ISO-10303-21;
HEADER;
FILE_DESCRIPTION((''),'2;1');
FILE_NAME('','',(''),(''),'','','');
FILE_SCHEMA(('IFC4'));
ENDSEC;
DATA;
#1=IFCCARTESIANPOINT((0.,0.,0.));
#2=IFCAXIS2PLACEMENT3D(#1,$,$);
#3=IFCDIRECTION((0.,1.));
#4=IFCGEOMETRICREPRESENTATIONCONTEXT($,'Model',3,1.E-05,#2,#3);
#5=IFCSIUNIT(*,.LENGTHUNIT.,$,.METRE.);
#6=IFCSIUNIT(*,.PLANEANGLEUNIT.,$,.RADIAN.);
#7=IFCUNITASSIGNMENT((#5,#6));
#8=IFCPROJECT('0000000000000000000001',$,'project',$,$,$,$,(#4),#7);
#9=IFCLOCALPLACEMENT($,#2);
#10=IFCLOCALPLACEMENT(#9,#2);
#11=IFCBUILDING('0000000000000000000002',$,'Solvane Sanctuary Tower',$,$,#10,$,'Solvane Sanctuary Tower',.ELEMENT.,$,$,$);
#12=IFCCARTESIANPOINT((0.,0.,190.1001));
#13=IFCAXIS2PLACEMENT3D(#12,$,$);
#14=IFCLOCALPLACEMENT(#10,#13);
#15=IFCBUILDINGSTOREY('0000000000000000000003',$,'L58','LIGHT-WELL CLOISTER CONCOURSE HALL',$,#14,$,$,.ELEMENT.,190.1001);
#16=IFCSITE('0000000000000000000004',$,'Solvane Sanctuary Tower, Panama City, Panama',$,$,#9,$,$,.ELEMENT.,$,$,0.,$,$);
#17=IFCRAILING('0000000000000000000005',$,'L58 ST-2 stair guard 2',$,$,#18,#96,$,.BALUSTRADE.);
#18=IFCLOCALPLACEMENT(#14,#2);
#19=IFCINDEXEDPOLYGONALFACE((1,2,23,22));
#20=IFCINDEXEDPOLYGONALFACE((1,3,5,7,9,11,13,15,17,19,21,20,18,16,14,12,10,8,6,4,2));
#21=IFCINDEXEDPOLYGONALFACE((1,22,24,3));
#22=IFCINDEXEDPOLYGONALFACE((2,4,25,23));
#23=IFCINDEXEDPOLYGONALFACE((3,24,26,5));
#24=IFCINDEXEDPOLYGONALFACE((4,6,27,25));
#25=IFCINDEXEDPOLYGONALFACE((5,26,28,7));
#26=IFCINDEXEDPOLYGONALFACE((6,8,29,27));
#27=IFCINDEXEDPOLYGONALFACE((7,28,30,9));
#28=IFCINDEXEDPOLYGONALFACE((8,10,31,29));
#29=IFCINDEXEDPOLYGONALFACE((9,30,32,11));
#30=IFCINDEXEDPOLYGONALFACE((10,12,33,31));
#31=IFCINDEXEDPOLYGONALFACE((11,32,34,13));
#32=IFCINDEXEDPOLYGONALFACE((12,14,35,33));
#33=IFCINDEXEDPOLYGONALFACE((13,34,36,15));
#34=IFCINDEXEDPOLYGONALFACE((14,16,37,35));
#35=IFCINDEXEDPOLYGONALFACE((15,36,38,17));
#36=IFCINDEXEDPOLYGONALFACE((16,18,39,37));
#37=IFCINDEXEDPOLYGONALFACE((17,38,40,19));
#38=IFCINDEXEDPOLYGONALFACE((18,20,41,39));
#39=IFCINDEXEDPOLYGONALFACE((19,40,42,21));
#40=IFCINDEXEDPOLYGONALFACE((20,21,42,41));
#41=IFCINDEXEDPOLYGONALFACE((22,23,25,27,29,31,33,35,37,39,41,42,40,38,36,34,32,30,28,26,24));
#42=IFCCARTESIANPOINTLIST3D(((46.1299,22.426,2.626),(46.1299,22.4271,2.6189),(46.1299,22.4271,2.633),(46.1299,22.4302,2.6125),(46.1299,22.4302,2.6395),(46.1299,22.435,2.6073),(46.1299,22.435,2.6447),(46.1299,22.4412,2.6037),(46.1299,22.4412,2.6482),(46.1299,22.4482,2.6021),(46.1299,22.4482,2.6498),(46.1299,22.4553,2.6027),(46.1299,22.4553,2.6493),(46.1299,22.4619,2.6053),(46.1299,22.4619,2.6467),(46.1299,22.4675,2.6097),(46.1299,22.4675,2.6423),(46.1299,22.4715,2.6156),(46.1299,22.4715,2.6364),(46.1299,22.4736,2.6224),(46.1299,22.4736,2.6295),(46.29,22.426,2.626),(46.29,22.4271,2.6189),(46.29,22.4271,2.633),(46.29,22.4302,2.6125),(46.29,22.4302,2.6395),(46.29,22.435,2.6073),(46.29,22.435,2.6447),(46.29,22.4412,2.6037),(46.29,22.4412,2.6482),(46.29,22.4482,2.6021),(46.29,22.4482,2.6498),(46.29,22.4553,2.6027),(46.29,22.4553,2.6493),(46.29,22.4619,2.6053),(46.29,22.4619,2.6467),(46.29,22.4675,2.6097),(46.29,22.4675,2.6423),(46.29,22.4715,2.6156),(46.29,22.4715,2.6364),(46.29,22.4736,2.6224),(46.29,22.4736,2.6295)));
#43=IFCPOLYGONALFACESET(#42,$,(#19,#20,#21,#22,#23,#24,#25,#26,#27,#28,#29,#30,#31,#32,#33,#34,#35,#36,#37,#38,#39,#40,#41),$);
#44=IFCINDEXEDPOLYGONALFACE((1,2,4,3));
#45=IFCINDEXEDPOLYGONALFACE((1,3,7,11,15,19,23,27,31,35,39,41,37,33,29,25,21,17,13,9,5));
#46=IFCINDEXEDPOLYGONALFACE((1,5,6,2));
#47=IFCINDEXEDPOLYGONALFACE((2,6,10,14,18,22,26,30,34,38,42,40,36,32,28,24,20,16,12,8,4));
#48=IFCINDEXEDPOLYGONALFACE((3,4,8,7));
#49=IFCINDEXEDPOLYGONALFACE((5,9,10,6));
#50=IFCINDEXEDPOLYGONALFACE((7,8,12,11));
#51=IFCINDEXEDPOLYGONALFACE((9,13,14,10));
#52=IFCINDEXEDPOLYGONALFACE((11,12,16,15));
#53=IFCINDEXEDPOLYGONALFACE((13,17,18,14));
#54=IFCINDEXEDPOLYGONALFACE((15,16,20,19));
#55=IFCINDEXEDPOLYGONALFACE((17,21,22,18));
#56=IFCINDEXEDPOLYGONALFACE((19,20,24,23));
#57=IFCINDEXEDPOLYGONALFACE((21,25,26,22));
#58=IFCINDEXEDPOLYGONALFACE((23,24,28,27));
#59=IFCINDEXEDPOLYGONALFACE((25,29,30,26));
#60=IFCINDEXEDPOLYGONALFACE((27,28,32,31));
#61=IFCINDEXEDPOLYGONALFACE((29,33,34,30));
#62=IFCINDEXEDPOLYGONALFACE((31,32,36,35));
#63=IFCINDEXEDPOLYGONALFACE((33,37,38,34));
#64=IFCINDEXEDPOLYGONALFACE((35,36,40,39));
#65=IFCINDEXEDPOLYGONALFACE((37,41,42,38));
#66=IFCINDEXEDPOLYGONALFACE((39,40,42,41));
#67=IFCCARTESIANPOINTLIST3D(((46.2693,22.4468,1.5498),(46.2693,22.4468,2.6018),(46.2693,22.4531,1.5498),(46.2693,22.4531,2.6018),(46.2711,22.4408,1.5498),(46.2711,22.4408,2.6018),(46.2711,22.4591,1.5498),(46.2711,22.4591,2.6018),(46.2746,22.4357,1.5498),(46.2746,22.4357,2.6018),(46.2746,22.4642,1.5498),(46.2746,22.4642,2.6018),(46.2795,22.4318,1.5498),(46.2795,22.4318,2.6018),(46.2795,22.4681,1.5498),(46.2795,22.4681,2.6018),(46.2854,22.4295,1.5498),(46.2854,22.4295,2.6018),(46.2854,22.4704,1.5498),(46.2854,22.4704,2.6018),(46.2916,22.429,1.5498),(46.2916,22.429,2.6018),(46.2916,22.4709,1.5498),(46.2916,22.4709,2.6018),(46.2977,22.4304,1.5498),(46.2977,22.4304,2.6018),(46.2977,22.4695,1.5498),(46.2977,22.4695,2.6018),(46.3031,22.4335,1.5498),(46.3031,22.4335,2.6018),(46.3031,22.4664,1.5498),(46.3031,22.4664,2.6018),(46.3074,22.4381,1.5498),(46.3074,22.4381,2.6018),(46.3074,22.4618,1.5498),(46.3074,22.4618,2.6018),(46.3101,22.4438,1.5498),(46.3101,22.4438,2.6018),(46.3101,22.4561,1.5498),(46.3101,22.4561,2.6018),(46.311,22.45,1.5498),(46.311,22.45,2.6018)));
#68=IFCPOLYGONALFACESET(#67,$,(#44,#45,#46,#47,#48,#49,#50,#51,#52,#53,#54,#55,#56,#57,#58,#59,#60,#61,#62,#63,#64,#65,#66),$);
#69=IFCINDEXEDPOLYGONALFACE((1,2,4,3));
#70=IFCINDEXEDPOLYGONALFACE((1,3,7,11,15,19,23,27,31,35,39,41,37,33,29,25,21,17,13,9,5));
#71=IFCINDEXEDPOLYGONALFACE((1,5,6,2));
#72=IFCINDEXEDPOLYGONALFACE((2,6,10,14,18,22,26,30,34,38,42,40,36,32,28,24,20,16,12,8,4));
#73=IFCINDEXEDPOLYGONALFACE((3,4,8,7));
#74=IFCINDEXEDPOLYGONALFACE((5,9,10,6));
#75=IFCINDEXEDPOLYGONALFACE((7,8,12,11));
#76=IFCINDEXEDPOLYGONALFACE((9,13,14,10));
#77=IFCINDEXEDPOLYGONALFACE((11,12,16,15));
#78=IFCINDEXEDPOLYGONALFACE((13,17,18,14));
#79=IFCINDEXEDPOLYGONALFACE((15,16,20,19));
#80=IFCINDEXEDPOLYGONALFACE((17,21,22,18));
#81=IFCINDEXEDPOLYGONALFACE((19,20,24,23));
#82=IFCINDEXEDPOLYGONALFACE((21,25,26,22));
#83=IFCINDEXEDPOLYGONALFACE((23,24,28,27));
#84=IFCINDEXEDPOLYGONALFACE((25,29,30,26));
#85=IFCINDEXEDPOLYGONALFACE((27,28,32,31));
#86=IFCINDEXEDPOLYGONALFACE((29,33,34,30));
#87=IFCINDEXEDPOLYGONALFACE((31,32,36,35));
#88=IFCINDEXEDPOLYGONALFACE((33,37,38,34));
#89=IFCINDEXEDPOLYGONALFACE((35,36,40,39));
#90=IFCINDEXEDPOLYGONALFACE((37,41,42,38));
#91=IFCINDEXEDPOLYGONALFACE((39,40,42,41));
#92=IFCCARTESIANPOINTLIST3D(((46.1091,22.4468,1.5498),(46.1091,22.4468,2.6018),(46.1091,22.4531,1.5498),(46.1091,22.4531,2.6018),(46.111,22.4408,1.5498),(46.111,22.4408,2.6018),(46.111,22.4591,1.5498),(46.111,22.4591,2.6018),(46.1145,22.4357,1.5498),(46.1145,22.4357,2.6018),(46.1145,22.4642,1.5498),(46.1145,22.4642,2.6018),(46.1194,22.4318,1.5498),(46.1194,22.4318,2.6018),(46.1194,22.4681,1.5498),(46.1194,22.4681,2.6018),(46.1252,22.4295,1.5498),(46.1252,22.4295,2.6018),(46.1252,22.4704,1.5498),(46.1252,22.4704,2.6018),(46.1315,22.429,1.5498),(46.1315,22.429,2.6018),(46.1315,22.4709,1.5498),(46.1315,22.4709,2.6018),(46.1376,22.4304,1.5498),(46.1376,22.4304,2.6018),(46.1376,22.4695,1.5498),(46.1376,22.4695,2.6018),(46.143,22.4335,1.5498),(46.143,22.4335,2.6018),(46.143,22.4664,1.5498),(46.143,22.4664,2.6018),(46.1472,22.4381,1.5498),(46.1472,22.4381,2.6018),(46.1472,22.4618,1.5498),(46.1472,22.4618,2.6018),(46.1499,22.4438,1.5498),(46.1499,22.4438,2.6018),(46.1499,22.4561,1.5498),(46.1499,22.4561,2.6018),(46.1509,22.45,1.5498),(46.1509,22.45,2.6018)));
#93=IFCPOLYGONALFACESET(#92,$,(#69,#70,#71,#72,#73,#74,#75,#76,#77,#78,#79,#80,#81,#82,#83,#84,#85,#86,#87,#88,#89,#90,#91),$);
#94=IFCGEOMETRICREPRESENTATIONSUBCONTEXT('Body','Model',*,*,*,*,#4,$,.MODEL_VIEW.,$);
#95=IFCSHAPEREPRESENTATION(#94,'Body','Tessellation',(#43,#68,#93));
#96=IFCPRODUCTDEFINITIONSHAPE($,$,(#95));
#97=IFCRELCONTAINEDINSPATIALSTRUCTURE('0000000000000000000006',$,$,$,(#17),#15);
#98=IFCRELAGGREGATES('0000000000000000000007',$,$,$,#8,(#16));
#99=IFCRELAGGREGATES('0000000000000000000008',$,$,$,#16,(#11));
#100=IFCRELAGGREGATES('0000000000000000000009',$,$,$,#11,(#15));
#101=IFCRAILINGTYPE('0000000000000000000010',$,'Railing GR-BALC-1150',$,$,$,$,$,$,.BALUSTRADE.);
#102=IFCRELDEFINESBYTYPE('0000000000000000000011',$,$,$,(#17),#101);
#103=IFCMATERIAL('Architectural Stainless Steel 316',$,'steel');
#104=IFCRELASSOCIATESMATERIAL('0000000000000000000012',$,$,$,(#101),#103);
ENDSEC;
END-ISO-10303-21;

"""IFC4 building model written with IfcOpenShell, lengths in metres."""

from ifc_helpers import new_model, si_unit, direction, frame, origin, origin_2d, place, context, subcontext, project, spatial, circle, extrude, material, type_object, element, save


model = new_model("IFC4")

# Units and contexts
model_context = context("Model", 3, precision=1e-05, world=origin(), true_north=direction((0.0, 1.0)))
body_context = subcontext(model_context, "Body", "Model", "MODEL_VIEW")
ifc_project = project(units=[si_unit("LENGTHUNIT", "METRE"), si_unit("PLANEANGLEUNIT", "RADIAN")], contexts=[model_context])

# Site, building, storey
site_placement = place(None, origin())
site = spatial("IfcSite", under=ifc_project, at=site_placement, Name="Solvane Sanctuary Tower, Panama City, Panama", CompositionType="ELEMENT", RefElevation=0.0)
building_placement = place(site_placement, origin())
building = spatial("IfcBuilding", under=site, at=building_placement, Name="Solvane Sanctuary Tower", LongName="Solvane Sanctuary Tower", CompositionType="ELEMENT")
storey_placement = place(building_placement, frame((0.0, 0.0, 190.1001)))
storey = spatial("IfcBuildingStorey", under=building, at=storey_placement, Name="L58", Description="LIGHT-WELL CLOISTER CONCOURSE HALL", CompositionType="ELEMENT", Elevation=190.1001)

# Shared definitions
ifc_material_1 = material(Name="Architectural Stainless Steel 316", Category="steel")

# Railing
railing_type = type_object("IfcRailingType", Name="Railing GR-BALC-1150", PredefinedType="BALUSTRADE", material=ifc_material_1)
railing_1_placement = place(storey_placement, frame((46.29, 22.45, 1.5498)))
element("IfcRailing", 1, at=railing_1_placement, inside=storey, type_object=railing_type, Name="L58 ST-2 stair guard 2", PredefinedType="BALUSTRADE", context=body_context, shape_type="SweptSolid", body=[
    extrude(circle(Radius=0.0239, at=origin_2d()), frame((0.0, 0.0, 1.0762), z_axis=(-1.0, 0.0, 0.0), x_axis=(0.0, -1.0, 0.0)), (0.0, 0.0, 1.0), 0.1602),
    extrude(circle(Radius=0.021, at=origin_2d()), origin(), (0.0, 0.0, 1.0), 1.052),
    extrude(circle(Radius=0.021, at=origin_2d()), frame((-0.1602, 0.0, 0.0)), (0.0, 0.0, 1.0), 1.052),
])

save(model, "model.ifc")
